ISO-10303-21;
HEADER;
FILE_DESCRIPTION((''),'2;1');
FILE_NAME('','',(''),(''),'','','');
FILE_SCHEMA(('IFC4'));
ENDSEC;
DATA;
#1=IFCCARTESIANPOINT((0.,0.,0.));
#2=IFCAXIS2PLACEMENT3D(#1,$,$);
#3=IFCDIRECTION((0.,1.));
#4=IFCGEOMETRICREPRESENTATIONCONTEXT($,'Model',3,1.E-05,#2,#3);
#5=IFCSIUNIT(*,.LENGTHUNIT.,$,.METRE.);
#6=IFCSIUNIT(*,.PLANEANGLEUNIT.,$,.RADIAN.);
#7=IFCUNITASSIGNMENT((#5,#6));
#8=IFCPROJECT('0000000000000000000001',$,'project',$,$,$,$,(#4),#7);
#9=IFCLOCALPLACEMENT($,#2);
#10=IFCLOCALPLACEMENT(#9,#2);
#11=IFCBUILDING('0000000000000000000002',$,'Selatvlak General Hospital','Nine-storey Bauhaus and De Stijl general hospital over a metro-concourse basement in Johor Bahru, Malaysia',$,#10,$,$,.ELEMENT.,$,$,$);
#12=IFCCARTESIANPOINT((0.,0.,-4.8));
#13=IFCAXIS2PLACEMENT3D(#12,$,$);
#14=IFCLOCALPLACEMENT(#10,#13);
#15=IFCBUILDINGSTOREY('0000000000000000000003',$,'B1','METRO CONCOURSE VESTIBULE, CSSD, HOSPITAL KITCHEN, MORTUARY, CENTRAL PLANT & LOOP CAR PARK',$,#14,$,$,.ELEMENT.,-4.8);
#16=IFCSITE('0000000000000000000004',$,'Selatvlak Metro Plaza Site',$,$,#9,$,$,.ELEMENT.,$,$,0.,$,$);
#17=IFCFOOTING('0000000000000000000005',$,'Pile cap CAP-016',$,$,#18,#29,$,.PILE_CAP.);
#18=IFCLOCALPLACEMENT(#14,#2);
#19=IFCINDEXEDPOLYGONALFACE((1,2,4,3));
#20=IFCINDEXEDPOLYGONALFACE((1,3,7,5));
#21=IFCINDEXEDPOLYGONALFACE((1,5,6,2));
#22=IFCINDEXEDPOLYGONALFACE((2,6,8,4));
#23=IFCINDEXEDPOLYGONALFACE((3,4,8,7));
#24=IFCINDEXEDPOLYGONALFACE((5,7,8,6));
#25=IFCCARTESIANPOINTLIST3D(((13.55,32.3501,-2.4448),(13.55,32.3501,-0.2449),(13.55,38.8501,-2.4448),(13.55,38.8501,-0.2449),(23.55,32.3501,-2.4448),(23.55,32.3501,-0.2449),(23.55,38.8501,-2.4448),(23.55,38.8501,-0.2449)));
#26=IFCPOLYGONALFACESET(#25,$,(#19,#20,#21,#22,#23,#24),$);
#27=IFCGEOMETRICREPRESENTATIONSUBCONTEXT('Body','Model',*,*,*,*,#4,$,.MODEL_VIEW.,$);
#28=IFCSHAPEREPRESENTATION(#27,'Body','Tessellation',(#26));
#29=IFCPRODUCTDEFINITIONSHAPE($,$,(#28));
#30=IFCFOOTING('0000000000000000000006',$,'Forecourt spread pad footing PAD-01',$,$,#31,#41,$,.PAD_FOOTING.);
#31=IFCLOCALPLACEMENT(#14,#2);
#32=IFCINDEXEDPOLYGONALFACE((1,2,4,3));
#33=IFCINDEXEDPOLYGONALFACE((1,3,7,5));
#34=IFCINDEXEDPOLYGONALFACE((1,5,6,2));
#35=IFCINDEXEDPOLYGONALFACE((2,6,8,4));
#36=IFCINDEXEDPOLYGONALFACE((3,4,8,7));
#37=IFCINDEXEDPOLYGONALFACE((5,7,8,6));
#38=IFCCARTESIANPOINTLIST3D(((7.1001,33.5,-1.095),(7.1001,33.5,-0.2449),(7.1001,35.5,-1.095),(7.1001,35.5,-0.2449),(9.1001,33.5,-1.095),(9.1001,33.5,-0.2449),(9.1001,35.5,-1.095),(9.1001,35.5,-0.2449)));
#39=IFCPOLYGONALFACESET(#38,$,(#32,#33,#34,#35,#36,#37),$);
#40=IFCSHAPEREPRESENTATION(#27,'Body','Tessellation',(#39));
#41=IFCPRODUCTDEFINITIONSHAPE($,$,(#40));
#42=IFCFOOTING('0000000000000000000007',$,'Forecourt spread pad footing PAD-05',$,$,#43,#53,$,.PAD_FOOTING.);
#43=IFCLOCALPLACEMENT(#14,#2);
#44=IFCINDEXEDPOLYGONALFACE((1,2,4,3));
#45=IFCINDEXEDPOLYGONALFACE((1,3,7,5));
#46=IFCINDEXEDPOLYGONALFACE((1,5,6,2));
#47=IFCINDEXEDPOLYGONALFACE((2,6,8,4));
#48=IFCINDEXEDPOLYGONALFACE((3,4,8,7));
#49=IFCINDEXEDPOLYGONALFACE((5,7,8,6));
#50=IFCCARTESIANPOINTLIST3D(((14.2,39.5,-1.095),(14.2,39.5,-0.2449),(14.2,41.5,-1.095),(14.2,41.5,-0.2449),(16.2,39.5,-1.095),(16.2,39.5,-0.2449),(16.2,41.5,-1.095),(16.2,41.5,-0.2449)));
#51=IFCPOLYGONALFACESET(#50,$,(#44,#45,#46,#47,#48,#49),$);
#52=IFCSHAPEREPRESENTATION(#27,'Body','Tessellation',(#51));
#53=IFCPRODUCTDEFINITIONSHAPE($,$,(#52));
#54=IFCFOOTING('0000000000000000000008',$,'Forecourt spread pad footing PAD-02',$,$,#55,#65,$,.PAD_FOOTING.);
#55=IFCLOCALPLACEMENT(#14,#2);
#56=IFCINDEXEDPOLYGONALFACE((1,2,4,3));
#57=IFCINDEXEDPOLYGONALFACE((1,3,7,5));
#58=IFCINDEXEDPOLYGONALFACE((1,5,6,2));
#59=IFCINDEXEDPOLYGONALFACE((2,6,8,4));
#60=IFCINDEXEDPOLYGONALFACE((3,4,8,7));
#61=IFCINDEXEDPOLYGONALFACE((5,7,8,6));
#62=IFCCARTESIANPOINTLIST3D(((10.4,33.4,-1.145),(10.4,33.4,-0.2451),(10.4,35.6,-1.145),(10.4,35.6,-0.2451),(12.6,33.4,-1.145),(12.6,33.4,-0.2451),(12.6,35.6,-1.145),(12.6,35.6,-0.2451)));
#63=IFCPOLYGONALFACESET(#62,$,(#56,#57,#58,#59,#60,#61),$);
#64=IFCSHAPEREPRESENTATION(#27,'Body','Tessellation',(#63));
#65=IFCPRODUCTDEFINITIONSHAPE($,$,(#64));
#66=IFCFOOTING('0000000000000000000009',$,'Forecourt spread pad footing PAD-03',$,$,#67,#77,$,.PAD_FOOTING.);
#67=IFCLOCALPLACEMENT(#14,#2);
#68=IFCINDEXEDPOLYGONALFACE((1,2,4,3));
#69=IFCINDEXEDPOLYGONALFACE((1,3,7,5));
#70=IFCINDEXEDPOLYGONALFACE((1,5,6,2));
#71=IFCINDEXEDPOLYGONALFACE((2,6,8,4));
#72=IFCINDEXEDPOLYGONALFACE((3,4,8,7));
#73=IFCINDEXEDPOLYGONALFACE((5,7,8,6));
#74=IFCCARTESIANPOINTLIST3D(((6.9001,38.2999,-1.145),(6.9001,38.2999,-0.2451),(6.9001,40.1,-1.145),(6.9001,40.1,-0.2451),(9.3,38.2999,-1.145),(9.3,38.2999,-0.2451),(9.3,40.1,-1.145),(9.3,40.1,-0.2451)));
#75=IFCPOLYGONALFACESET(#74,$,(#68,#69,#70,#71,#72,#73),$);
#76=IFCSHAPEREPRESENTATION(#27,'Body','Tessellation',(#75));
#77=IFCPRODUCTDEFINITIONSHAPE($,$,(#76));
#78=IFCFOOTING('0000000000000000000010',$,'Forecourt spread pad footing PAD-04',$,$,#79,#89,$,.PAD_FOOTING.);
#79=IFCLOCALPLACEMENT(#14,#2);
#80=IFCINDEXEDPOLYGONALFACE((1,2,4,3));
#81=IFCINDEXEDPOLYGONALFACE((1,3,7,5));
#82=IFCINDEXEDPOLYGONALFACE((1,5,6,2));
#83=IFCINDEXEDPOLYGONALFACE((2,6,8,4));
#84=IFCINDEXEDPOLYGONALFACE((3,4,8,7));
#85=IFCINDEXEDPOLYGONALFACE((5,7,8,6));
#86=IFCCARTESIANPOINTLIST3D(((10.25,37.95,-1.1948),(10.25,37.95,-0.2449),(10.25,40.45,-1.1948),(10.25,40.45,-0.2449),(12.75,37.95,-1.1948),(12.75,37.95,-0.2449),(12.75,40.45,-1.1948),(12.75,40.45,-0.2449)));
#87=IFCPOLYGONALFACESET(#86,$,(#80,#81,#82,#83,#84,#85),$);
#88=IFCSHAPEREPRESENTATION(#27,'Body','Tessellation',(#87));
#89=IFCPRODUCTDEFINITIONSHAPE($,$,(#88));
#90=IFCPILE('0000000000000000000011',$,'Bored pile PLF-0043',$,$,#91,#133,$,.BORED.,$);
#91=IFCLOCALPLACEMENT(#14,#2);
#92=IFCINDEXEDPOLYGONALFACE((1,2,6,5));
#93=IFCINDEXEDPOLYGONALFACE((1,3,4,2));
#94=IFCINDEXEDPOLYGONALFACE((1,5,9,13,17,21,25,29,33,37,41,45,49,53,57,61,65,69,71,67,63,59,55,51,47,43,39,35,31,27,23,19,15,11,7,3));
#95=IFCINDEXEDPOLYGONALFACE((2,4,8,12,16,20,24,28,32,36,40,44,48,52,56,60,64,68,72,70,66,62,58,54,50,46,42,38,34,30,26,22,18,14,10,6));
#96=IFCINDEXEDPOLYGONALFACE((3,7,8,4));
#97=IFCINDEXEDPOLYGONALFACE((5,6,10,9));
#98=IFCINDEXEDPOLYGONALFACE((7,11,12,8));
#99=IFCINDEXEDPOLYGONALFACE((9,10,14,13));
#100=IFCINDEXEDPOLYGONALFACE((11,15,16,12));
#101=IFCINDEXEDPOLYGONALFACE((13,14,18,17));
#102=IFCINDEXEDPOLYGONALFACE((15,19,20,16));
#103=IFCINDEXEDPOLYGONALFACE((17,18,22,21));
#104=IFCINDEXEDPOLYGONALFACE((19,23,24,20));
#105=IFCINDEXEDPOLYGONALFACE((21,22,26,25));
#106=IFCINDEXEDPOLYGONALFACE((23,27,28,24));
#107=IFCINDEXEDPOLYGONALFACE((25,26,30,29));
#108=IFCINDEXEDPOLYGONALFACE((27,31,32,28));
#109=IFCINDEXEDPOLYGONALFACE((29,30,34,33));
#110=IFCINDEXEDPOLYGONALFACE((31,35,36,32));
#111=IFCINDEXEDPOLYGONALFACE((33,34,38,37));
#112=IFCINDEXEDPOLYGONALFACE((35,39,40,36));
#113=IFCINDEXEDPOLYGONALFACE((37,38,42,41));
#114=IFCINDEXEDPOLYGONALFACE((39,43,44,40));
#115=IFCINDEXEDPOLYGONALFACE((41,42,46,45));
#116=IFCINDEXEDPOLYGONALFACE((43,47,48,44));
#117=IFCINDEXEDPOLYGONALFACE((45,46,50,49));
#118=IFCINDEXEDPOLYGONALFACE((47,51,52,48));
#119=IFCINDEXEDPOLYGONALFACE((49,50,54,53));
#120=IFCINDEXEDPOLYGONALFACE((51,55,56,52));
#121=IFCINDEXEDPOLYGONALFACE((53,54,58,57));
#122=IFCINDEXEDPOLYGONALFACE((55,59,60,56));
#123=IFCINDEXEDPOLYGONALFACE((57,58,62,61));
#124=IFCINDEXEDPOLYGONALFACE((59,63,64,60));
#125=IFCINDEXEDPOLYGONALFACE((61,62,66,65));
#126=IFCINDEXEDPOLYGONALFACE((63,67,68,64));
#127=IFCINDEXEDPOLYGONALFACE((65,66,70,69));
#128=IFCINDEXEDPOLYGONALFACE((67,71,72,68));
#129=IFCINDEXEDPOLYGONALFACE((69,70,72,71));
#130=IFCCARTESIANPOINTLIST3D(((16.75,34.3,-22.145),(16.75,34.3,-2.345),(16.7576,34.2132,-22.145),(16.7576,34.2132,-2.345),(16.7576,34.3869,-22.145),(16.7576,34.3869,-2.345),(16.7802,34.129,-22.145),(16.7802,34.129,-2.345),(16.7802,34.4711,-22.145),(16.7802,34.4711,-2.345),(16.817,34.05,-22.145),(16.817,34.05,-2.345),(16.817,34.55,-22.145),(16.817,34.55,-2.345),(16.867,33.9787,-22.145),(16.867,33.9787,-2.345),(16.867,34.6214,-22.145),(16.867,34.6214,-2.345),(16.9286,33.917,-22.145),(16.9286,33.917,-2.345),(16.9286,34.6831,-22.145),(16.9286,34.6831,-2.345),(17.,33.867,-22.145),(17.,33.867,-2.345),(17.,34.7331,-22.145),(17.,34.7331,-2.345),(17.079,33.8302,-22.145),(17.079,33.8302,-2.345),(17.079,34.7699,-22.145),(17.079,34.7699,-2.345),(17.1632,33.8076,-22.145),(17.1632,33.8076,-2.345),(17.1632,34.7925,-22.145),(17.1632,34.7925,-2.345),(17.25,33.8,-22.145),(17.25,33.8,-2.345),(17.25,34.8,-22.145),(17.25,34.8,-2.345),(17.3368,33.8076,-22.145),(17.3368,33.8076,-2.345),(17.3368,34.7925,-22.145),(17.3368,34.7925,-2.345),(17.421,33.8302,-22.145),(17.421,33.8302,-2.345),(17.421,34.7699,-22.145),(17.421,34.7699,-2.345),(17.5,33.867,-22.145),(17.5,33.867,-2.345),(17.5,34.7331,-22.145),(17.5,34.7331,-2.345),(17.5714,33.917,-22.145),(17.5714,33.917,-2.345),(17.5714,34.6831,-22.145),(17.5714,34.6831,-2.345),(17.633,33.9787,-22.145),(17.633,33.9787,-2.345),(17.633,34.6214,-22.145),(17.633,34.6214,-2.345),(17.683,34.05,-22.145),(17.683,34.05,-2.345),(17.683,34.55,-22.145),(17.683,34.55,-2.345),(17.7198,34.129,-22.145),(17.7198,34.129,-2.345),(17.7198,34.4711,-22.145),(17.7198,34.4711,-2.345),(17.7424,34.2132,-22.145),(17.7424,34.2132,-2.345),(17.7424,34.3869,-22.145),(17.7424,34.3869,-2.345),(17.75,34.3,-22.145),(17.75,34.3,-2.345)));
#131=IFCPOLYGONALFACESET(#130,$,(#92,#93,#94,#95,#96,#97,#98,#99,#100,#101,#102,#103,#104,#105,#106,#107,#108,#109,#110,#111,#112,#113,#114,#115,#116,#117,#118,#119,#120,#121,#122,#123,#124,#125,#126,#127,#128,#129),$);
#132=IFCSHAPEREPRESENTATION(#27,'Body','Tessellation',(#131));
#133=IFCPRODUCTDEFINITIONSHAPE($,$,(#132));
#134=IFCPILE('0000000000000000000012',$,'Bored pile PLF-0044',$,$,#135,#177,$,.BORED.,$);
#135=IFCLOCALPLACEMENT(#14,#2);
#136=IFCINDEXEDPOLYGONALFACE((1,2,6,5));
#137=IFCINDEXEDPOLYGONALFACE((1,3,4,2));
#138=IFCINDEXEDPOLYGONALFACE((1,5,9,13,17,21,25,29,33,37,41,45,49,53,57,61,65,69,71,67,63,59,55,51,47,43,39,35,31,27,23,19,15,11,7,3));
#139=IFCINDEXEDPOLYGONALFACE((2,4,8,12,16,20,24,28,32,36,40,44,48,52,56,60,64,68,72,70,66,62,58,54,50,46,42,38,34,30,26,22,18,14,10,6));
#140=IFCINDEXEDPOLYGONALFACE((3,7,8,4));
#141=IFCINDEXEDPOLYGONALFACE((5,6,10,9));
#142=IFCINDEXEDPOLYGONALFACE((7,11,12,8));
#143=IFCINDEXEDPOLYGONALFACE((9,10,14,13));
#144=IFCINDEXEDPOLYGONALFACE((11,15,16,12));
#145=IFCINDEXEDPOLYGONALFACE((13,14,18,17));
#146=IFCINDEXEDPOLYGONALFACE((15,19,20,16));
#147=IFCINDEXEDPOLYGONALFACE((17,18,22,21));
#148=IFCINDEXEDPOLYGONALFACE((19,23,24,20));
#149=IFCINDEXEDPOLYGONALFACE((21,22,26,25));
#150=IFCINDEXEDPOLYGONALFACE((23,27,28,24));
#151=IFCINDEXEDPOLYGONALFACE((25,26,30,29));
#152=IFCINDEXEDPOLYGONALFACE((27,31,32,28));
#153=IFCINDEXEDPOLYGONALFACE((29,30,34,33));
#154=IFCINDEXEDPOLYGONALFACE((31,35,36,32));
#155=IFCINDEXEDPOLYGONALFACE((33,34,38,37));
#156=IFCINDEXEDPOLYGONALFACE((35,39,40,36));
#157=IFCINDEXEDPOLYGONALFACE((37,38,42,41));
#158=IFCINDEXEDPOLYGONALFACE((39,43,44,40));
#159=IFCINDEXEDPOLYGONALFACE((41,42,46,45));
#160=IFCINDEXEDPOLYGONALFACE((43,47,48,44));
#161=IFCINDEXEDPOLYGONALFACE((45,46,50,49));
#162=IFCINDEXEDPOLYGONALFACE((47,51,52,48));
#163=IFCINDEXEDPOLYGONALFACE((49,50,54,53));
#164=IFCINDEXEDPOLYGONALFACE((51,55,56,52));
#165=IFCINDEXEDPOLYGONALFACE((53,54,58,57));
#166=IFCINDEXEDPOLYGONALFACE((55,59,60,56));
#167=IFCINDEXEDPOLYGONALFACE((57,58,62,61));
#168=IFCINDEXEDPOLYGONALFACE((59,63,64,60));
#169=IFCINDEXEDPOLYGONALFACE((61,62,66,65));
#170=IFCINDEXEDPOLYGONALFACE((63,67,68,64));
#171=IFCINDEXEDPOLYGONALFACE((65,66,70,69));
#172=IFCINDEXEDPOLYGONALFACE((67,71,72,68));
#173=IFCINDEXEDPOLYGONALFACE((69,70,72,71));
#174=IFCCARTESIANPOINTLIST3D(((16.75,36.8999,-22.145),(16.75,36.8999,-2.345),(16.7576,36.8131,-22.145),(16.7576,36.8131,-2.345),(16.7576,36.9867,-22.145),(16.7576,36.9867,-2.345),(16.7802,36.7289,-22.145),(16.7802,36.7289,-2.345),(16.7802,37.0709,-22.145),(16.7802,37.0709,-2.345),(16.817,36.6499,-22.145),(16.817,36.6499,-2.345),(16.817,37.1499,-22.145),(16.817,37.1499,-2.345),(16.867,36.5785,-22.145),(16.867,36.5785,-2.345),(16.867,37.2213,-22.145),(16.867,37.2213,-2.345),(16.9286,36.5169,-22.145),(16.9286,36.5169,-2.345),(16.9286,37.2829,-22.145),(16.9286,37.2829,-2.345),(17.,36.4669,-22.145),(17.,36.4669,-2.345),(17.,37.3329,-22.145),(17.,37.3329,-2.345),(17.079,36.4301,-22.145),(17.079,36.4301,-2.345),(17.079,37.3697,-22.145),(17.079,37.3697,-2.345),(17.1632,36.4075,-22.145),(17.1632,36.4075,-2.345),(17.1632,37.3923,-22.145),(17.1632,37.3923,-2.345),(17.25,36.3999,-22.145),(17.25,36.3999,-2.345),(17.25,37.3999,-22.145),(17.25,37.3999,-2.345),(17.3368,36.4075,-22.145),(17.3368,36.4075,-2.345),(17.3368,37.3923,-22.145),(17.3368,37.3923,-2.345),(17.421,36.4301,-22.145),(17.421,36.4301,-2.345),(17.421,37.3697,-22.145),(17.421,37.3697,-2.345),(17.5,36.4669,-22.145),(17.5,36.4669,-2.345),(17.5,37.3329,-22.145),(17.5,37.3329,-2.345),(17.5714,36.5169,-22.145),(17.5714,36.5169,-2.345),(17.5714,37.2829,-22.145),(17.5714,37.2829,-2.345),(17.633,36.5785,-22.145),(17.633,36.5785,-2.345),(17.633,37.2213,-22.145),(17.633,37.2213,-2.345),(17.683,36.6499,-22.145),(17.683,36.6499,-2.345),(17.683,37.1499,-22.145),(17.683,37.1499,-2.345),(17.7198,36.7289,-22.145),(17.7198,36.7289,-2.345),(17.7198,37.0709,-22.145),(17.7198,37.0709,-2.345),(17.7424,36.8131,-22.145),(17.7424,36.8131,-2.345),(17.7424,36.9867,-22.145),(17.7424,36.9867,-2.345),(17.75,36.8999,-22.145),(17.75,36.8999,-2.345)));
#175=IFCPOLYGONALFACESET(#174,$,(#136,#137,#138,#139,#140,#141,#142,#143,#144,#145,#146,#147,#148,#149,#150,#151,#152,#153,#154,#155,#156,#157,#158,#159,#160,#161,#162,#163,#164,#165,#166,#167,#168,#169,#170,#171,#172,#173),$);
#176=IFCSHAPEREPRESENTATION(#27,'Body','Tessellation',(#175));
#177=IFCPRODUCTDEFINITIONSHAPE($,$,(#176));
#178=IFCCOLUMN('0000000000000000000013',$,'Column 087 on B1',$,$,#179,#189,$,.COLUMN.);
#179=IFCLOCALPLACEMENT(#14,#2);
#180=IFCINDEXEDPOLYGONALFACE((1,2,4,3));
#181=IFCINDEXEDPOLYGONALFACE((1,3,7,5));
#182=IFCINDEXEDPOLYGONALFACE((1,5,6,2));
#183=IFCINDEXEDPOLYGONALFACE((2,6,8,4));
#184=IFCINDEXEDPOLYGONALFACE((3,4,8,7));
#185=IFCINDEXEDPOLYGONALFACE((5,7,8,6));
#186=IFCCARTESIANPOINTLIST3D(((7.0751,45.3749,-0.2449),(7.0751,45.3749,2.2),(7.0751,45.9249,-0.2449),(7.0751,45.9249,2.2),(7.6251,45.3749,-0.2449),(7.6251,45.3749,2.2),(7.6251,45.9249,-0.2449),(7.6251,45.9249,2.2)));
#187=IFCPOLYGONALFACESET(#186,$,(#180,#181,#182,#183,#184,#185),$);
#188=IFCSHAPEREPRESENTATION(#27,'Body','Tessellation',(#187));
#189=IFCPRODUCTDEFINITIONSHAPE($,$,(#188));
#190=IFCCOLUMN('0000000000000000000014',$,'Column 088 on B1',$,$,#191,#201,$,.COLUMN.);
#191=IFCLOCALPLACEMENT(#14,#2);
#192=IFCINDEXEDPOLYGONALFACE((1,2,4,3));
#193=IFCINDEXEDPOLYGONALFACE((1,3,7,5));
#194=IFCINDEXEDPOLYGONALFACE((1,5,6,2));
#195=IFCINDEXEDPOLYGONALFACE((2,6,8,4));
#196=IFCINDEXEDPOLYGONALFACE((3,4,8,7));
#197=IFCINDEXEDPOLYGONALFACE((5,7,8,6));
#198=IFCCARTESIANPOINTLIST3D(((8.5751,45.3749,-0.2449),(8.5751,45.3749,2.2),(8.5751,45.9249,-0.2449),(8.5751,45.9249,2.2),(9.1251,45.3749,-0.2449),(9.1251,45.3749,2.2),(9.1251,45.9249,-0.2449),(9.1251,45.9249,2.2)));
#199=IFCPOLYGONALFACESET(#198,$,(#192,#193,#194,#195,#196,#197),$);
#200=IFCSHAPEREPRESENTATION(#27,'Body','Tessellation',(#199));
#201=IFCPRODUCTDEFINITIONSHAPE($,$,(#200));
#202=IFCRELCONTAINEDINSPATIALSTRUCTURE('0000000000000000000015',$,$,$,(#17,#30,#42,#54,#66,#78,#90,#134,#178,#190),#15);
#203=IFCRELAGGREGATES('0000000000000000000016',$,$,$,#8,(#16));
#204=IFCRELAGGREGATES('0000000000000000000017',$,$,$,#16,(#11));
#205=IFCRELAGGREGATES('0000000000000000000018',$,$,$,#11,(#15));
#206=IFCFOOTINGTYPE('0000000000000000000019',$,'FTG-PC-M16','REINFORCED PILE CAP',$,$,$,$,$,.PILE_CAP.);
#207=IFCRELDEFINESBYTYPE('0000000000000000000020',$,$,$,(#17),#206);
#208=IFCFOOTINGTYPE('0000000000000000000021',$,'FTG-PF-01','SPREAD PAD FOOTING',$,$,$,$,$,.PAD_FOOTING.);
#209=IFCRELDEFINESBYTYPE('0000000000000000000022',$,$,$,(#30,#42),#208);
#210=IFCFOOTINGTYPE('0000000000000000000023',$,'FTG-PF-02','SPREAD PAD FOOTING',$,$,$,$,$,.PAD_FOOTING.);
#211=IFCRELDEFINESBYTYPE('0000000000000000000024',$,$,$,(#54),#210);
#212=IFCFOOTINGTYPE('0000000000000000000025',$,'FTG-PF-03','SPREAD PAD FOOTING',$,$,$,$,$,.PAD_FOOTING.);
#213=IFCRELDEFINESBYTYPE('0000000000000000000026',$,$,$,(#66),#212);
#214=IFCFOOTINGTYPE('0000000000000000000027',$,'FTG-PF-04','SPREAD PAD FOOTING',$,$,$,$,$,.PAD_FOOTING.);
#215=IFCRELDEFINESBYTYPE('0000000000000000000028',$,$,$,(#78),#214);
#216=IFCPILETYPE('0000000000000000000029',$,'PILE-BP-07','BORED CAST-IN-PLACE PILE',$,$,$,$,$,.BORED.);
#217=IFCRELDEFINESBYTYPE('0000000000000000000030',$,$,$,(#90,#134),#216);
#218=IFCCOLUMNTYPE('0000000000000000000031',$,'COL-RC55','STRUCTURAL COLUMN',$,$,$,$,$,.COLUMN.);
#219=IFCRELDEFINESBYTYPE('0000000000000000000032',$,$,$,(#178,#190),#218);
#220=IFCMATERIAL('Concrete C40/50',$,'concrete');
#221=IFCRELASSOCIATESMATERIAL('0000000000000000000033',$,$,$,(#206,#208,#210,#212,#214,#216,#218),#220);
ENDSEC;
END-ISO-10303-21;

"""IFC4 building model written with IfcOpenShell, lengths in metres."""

from ifc_helpers import new_model, si_unit, direction, frame, origin, origin_2d, place, context, subcontext, project, spatial, rectangle, circle, extrude, material, material_profile, profile_set, type_object, element, save


model = new_model("IFC4")

# Units and contexts
model_context = context("Model", 3, precision=1e-05, world=origin(), true_north=direction((0.0, 1.0)))
body_context = subcontext(model_context, "Body", "Model", "MODEL_VIEW")
ifc_project = project(units=[si_unit("LENGTHUNIT", "METRE"), si_unit("PLANEANGLEUNIT", "RADIAN")], contexts=[model_context])

# Site, building, storey
site_placement = place(None, origin())
site = spatial("IfcSite", under=ifc_project, at=site_placement, Name="Selatvlak Metro Plaza Site", CompositionType="ELEMENT", RefElevation=0.0)
building_placement = place(site_placement, origin())
building = spatial("IfcBuilding", under=site, at=building_placement, Name="Selatvlak General Hospital", Description="Nine-storey Bauhaus and De Stijl general hospital over a metro-concourse basement in Johor Bahru, Malaysia", CompositionType="ELEMENT")
storey_placement = place(building_placement, frame((0.0, 0.0, -4.8)))
storey = spatial("IfcBuildingStorey", under=building, at=storey_placement, Name="B1", Description="METRO CONCOURSE VESTIBULE, CSSD, HOSPITAL KITCHEN, MORTUARY, CENTRAL PLANT & LOOP CAR PARK", CompositionType="ELEMENT", Elevation=-4.8)

# Footings
ifc_material_1 = material(Name="Concrete C40/50", Category="concrete")
footing_type_1 = type_object("IfcFootingType", Name="FTG-PC-M16", Description="REINFORCED PILE CAP", PredefinedType="PILE_CAP", material=ifc_material_1)
footing_1_placement = place(storey_placement, frame((18.55, 35.6001, -2.4448), z_axis=(0.0, 0.0, 1.0), x_axis=(1.0, 0.0, 0.0)))
element("IfcFooting", 1, at=footing_1_placement, inside=storey, type_object=footing_type_1, Name="Pile cap CAP-016", PredefinedType="PILE_CAP", context=body_context, shape_type="SweptSolid", body=[
    extrude(rectangle(XDim=10.0, YDim=6.5, at=origin_2d()), origin(), (0.0, 0.0, 1.0), 2.2),
])
footing_type_2 = type_object("IfcFootingType", Name="FTG-PF-01", Description="SPREAD PAD FOOTING", PredefinedType="PAD_FOOTING", material=ifc_material_1)
for number, where, z_axis, x_axis, name in (
    (2, (8.1001, 34.5, -1.095), (0.0, 0.0, 1.0), (1.0, 0.0, 0.0), "Forecourt spread pad footing PAD-01"),
    (3, (15.2, 40.5, -1.095), (0.0, 0.0, 1.0), (1.0, 0.0, 0.0), "Forecourt spread pad footing PAD-05"),
):
    element("IfcFooting", number, at=place(storey_placement, frame(where, z_axis=z_axis, x_axis=x_axis)), inside=storey, type_object=footing_type_2, Name=name, PredefinedType="PAD_FOOTING", context=body_context, shape_type="SweptSolid", body=[
        extrude(rectangle(XDim=2.0, YDim=2.0, at=origin_2d()), origin(), (0.0, 0.0, 1.0), 0.8501),
    ])
footing_type_3 = type_object("IfcFootingType", Name="FTG-PF-02", Description="SPREAD PAD FOOTING", PredefinedType="PAD_FOOTING", material=ifc_material_1)
footing_2_placement = place(storey_placement, frame((11.5, 34.5, -1.145), z_axis=(0.0, 0.0, 1.0), x_axis=(1.0, 0.0, 0.0)))
element("IfcFooting", 4, at=footing_2_placement, inside=storey, type_object=footing_type_3, Name="Forecourt spread pad footing PAD-02", PredefinedType="PAD_FOOTING", context=body_context, shape_type="SweptSolid", body=[
    extrude(rectangle(XDim=2.2, YDim=2.2, at=origin_2d()), origin(), (0.0, 0.0, 1.0), 0.8999),
])
footing_type_4 = type_object("IfcFootingType", Name="FTG-PF-03", Description="SPREAD PAD FOOTING", PredefinedType="PAD_FOOTING", material=ifc_material_1)
footing_3_placement = place(storey_placement, frame((8.1001, 39.2, -1.145), z_axis=(0.0, 0.0, 1.0), x_axis=(1.0, 0.0, 0.0)))
element("IfcFooting", 5, at=footing_3_placement, inside=storey, type_object=footing_type_4, Name="Forecourt spread pad footing PAD-03", PredefinedType="PAD_FOOTING", context=body_context, shape_type="SweptSolid", body=[
    extrude(rectangle(XDim=2.3999, YDim=1.8, at=origin_2d()), origin(), (0.0, 0.0, 1.0), 0.8999),
])
footing_type_5 = type_object("IfcFootingType", Name="FTG-PF-04", Description="SPREAD PAD FOOTING", PredefinedType="PAD_FOOTING", material=ifc_material_1)
footing_4_placement = place(storey_placement, frame((11.5, 39.2, -1.1948), z_axis=(0.0, 0.0, 1.0), x_axis=(1.0, 0.0, 0.0)))
element("IfcFooting", 6, at=footing_4_placement, inside=storey, type_object=footing_type_5, Name="Forecourt spread pad footing PAD-04", PredefinedType="PAD_FOOTING", context=body_context, shape_type="SweptSolid", body=[
    extrude(rectangle(XDim=2.5, YDim=2.5, at=origin_2d()), origin(), (0.0, 0.0, 1.0), 0.95),
])

# Piles
ifc_material_profile_1 = material_profile(ifc_material_1, circle(Radius=0.5, at=origin_2d()), Name="BORED PILE 1000")
ifc_profile_set_1 = profile_set([ifc_material_profile_1], Name="Concrete C40/50")
pile_type = type_object("IfcPileType", Name="PILE-BP-07", Description="BORED CAST-IN-PLACE PILE", PredefinedType="BORED", material=ifc_profile_set_1)
for number, where, z_axis, x_axis, name in (
    (7, (17.25, 34.3, -2.345), (0.0, 0.0, -1.0), (1.0, 0.0, 0.0), "Bored pile PLF-0043"),
    (8, (17.25, 36.8999, -2.345), (0.0, 0.0, -1.0), (1.0, 0.0, 0.0), "Bored pile PLF-0044"),
):
    element("IfcPile", number, at=place(storey_placement, frame(where, z_axis=z_axis, x_axis=x_axis)), inside=storey, type_object=pile_type, Name=name, PredefinedType="BORED", context=body_context, shape_type="SweptSolid", body=[
        extrude(circle(Radius=0.5, at=origin_2d()), origin(), (0.0, 0.0, 1.0), 19.8),
    ])

# Columns
ifc_material_profile_2 = material_profile(ifc_material_1, rectangle(XDim=0.55, YDim=0.55, at=origin_2d()), Name="RC-COL 550x550")
ifc_profile_set_2 = profile_set([ifc_material_profile_2], Name="Concrete C40/50")
column_type = type_object("IfcColumnType", Name="COL-RC55", Description="STRUCTURAL COLUMN", PredefinedType="COLUMN", material=ifc_profile_set_2)
for number, where, z_axis, x_axis, name in (
    (9, (7.3501, 45.6499, -0.2449), (0.0, 0.0, 1.0), (1.0, 0.0, 0.0), "Column 087 on B1"),
    (10, (8.8501, 45.6499, -0.2449), (0.0, 0.0, 1.0), (1.0, 0.0, 0.0), "Column 088 on B1"),
):
    element("IfcColumn", number, at=place(storey_placement, frame(where, z_axis=z_axis, x_axis=x_axis)), inside=storey, type_object=column_type, Name=name, PredefinedType="COLUMN", context=body_context, shape_type="SweptSolid", body=[
        extrude(rectangle(XDim=0.55, YDim=0.55, at=origin_2d()), origin(), (0.0, 0.0, 1.0), 2.4448),
    ])

save(model, "model.ifc")
